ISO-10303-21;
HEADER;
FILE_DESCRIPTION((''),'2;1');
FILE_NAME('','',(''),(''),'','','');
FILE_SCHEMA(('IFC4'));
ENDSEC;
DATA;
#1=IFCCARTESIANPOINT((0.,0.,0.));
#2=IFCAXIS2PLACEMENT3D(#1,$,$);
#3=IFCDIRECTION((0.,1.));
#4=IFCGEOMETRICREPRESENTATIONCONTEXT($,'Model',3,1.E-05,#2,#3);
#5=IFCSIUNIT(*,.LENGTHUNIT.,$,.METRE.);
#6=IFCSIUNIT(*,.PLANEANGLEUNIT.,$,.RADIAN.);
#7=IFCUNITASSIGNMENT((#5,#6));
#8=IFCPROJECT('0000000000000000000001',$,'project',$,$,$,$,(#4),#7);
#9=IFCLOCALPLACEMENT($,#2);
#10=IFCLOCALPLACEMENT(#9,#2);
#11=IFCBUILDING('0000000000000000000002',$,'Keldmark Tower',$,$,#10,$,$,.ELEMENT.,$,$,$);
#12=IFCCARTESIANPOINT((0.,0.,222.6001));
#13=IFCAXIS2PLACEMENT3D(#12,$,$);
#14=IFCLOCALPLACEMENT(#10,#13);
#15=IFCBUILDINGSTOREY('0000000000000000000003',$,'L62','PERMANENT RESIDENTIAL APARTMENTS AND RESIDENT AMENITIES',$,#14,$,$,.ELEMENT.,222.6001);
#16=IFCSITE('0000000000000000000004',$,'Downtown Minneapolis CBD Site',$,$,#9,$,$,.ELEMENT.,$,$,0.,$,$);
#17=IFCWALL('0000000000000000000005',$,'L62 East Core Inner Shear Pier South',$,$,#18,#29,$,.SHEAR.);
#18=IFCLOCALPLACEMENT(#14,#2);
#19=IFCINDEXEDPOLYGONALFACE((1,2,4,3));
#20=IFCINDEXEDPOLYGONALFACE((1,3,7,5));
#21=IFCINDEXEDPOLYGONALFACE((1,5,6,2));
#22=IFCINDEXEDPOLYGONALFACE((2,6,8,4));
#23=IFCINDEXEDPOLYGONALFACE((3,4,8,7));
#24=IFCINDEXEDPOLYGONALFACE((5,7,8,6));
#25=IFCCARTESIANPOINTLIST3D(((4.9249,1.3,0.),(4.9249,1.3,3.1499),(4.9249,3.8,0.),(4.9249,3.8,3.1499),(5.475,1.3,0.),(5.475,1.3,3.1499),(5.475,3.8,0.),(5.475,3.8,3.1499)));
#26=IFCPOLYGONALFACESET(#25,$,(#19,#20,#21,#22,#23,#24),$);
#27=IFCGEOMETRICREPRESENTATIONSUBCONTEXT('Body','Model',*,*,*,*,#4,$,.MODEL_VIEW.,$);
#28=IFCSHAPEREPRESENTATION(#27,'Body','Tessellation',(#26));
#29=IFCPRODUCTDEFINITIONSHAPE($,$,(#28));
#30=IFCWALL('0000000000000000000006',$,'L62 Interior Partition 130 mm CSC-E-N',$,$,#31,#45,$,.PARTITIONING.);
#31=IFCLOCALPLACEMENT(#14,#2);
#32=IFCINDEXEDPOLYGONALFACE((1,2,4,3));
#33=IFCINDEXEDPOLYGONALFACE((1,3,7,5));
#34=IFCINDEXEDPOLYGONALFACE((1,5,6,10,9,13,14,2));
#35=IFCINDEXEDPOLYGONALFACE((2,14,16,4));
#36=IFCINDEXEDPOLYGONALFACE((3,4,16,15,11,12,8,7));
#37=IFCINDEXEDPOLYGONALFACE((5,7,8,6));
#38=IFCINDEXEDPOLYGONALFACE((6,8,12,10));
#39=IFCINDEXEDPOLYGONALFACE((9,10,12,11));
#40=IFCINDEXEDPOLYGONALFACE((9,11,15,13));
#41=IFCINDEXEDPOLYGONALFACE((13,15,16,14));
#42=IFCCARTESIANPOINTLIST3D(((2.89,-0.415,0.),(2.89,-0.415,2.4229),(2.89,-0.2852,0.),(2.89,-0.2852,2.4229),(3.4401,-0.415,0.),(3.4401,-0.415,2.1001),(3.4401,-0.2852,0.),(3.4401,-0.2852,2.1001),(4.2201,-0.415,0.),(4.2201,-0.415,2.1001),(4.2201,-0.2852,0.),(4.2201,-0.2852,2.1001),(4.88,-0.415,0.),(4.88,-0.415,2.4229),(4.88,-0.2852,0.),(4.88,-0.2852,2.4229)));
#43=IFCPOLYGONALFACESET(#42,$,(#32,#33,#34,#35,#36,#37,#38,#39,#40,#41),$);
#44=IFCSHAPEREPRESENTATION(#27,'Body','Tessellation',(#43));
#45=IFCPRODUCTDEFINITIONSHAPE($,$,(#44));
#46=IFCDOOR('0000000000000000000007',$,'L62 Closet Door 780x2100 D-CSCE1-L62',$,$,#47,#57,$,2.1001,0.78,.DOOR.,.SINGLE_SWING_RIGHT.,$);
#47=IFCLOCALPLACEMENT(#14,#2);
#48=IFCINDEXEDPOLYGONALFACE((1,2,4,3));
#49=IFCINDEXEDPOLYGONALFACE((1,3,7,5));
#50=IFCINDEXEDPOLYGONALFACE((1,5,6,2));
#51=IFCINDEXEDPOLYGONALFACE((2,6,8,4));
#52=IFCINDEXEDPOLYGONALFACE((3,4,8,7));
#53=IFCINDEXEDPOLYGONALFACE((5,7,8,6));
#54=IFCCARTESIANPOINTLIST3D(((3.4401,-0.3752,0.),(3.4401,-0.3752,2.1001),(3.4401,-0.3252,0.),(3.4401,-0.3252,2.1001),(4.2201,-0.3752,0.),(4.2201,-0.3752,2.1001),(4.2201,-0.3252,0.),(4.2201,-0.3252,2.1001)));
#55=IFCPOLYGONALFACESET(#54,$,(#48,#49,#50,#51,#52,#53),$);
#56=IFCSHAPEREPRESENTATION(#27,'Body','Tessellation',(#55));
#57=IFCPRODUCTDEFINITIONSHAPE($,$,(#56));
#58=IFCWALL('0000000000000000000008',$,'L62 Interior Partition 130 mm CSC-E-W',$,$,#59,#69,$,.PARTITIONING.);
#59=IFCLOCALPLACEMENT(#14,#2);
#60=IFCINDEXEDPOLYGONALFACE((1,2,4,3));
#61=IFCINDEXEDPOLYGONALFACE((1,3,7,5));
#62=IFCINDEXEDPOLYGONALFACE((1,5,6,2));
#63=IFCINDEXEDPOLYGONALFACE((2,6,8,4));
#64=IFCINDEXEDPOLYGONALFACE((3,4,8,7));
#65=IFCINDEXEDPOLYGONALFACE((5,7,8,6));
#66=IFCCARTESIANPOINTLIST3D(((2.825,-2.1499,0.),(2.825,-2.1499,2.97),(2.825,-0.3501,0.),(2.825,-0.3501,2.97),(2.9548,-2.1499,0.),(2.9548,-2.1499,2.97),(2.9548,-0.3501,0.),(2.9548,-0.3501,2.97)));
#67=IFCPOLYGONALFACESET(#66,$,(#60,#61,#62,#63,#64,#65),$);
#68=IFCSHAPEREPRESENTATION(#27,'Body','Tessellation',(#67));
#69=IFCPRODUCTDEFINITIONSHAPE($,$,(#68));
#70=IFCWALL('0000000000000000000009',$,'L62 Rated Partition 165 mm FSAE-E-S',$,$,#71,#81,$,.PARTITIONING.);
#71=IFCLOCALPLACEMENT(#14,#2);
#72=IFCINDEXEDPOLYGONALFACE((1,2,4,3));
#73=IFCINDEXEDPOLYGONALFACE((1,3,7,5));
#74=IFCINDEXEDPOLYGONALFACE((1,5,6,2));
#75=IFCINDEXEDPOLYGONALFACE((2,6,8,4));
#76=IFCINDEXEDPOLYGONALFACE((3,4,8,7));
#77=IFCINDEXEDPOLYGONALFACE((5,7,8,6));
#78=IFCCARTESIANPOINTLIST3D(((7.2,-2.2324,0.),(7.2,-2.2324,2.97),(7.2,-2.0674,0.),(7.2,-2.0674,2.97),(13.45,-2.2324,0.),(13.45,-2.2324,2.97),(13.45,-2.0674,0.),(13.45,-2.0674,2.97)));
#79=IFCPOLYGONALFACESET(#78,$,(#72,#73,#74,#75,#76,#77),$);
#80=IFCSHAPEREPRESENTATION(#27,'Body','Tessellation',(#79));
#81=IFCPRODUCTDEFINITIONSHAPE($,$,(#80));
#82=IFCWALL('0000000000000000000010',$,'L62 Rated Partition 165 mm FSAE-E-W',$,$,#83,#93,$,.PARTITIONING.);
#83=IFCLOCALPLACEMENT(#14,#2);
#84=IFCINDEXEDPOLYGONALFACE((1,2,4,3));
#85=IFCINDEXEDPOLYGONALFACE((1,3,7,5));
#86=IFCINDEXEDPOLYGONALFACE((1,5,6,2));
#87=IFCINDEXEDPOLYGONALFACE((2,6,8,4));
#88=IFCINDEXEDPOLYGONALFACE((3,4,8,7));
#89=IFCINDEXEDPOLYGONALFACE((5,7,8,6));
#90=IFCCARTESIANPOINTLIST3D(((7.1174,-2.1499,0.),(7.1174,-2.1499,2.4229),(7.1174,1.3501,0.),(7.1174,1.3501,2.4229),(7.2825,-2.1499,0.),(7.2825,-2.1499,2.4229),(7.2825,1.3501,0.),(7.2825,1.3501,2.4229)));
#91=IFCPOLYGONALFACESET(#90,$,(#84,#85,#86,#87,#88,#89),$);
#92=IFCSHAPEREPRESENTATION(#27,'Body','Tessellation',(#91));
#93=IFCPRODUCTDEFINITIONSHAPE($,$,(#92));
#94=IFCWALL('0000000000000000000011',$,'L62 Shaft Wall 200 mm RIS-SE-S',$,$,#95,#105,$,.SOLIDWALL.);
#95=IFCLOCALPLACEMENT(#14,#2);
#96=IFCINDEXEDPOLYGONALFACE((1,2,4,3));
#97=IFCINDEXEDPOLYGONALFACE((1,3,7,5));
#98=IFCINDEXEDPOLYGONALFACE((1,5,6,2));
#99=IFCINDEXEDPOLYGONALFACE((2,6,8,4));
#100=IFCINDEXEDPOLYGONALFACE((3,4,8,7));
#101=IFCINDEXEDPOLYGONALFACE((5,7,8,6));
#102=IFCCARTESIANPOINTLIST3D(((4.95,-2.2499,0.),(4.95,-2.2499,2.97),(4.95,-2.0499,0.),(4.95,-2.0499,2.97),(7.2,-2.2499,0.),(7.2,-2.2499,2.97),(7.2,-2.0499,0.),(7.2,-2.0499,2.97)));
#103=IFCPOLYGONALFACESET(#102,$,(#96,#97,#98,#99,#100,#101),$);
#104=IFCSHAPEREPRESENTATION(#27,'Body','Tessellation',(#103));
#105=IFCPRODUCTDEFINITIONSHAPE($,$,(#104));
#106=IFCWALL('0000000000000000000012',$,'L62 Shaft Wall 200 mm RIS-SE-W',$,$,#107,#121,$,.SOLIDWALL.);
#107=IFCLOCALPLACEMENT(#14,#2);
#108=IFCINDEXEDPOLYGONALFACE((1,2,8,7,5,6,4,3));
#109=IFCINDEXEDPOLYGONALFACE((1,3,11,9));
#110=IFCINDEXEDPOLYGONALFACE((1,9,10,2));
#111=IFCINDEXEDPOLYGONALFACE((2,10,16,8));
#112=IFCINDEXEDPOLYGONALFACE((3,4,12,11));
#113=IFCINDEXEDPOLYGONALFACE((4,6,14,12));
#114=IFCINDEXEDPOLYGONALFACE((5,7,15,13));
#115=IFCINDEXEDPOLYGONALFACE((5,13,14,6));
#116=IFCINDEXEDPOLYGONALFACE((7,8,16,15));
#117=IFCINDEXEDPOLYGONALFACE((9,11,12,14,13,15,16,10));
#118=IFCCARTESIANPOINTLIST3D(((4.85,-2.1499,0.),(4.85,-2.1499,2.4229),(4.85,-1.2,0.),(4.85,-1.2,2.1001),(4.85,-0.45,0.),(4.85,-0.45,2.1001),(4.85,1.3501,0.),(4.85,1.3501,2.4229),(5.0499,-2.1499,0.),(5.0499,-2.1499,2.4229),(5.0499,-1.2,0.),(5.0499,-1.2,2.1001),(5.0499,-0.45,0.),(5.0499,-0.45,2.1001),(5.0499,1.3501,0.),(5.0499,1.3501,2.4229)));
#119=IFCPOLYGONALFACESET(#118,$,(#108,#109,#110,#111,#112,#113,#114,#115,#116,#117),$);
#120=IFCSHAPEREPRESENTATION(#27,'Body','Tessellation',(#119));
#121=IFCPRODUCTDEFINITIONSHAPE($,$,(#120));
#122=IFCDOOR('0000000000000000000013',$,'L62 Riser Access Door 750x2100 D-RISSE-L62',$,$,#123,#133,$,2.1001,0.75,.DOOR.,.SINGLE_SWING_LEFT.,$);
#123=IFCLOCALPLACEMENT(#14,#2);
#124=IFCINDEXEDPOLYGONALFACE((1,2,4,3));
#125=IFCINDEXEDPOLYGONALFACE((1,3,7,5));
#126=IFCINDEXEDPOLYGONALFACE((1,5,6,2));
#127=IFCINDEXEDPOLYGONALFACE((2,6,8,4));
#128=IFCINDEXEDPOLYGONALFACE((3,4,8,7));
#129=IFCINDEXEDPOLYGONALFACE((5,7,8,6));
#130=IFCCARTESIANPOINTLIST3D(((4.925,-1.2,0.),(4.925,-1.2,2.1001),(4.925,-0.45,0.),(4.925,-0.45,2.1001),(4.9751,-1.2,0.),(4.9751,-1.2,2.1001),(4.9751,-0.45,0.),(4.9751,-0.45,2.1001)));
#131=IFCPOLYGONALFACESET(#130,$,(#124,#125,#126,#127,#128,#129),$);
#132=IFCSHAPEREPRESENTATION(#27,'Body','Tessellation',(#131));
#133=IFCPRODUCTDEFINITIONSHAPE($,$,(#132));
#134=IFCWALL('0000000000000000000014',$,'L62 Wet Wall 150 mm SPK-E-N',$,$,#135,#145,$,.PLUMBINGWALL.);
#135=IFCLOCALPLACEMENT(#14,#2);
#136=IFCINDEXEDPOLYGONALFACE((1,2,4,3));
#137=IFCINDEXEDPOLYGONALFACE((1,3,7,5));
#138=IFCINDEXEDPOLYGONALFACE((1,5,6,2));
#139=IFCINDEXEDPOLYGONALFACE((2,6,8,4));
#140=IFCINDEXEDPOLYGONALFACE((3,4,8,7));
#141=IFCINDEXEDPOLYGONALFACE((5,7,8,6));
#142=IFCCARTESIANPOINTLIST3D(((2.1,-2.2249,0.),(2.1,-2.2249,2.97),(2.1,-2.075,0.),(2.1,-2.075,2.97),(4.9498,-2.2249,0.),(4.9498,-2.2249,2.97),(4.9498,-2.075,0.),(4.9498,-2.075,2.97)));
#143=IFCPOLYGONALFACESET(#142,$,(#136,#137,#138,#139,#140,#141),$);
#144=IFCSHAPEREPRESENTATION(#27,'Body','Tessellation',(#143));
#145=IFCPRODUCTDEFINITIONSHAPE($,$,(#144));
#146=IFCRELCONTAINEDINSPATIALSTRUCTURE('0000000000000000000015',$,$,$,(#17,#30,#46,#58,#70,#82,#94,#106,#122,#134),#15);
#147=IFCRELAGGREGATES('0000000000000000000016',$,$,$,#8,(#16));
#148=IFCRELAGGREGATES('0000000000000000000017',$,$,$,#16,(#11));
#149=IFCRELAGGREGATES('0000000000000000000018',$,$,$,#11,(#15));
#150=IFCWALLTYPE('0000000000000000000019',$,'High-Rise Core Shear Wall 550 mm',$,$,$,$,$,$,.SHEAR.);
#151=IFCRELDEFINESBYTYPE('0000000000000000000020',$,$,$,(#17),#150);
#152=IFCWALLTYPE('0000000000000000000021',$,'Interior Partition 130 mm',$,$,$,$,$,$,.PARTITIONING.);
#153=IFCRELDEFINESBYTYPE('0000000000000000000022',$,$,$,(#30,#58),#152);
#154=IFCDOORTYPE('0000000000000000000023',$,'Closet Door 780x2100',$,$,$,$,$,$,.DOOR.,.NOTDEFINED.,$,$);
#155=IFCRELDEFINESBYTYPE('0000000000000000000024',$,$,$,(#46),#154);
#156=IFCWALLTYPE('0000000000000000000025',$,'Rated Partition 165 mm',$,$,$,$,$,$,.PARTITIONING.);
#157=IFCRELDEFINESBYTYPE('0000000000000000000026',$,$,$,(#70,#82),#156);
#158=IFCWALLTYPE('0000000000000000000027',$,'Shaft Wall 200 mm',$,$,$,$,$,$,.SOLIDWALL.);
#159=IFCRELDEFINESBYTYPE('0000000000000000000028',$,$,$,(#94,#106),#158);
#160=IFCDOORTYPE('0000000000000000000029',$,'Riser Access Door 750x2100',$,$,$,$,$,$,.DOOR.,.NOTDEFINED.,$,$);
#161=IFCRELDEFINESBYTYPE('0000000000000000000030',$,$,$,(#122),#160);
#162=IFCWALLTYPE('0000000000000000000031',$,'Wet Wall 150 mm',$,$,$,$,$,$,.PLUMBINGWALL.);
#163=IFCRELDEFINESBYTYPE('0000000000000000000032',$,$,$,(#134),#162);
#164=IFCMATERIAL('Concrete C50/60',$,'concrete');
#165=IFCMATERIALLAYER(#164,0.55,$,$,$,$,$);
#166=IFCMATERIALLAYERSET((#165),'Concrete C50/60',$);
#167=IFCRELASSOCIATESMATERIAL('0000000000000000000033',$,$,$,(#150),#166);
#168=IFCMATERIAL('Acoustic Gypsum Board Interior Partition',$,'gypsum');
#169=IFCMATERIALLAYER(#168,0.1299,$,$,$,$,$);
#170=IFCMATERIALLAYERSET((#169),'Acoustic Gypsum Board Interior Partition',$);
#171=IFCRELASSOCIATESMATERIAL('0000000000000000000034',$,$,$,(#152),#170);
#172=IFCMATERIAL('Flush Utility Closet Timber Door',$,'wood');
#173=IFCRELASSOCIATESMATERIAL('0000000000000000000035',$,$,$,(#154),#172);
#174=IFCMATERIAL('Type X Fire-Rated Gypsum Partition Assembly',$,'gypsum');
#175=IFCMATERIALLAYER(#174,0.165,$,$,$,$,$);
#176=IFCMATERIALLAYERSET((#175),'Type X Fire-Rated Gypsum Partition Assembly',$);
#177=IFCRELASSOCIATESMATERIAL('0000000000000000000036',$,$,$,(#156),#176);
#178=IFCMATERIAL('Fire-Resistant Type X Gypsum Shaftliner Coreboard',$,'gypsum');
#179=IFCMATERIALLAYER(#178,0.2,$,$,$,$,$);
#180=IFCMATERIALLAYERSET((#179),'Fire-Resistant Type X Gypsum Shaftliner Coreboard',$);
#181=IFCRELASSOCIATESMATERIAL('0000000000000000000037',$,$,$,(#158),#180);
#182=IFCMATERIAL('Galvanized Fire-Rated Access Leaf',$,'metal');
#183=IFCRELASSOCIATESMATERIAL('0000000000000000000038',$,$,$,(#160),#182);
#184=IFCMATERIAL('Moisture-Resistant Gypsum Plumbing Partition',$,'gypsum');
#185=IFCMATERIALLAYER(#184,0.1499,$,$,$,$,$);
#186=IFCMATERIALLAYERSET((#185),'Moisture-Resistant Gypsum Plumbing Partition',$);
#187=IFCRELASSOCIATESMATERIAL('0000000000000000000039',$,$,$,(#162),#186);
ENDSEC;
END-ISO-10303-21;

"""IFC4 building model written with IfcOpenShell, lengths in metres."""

from ifc_helpers import new_model, si_unit, direction, frame, frame_2d, origin, place, context, subcontext, project, spatial, rectangle, extrude, material, layer, layer_set, type_object, element, fill, save


model = new_model("IFC4")

# Units and contexts
model_context = context("Model", 3, precision=1e-05, world=origin(), true_north=direction((0.0, 1.0)))
body_context = subcontext(model_context, "Body", "Model", "MODEL_VIEW")
ifc_project = project(units=[si_unit("LENGTHUNIT", "METRE"), si_unit("PLANEANGLEUNIT", "RADIAN")], contexts=[model_context])

# Site, building, storey
site_placement = place(None, origin())
site = spatial("IfcSite", under=ifc_project, at=site_placement, Name="Downtown Minneapolis CBD Site", CompositionType="ELEMENT", RefElevation=0.0)
building_placement = place(site_placement, origin())
building = spatial("IfcBuilding", under=site, at=building_placement, Name="Keldmark Tower", CompositionType="ELEMENT")
storey_placement = place(building_placement, frame((0.0, 0.0, 222.6001)))
storey = spatial("IfcBuildingStorey", under=building, at=storey_placement, Name="L62", Description="PERMANENT RESIDENTIAL APARTMENTS AND RESIDENT AMENITIES", CompositionType="ELEMENT", Elevation=222.6001)

# Wall
ifc_material_1 = material(Name="Concrete C50/60", Category="concrete")
ifc_layer_1 = layer(ifc_material_1, 0.55)
ifc_layer_set_1 = layer_set([ifc_layer_1], Name="Concrete C50/60")
wall_type_1 = type_object("IfcWallType", Name="High-Rise Core Shear Wall 550 mm", PredefinedType="SHEAR", material=ifc_layer_set_1)
wall_1_placement = place(storey_placement, frame((5.2, 1.3, 0.0), z_axis=(0.0, 0.0, 1.0), x_axis=(0.0, 1.0, 0.0)))
element("IfcWall", 1, at=wall_1_placement, inside=storey, type_object=wall_type_1, Name="L62 East Core Inner Shear Pier South", PredefinedType="SHEAR", context=body_context, shape_type="SweptSolid", body=[
    extrude(rectangle(XDim=2.5, YDim=0.55, at=frame_2d((1.25, 0.0))), origin(), (0.0, 0.0, 1.0), 3.1499),
])

# Wall, opening, door
ifc_material_2 = material(Name="Acoustic Gypsum Board Interior Partition", Category="gypsum")
ifc_layer_2 = layer(ifc_material_2, 0.1299)
ifc_layer_set_2 = layer_set([ifc_layer_2], Name="Acoustic Gypsum Board Interior Partition")
wall_type_2 = type_object("IfcWallType", Name="Interior Partition 130 mm", PredefinedType="PARTITIONING", material=ifc_layer_set_2)
wall_2_placement = place(storey_placement, frame((2.8899, -0.3501, 0.0), z_axis=(0.0, 0.0, 1.0), x_axis=(1.0, 0.0, 0.0)))
wall_2 = element("IfcWall", 2, at=wall_2_placement, inside=storey, type_object=wall_type_2, Name="L62 Interior Partition 130 mm CSC-E-N", PredefinedType="PARTITIONING", context=body_context, shape_type="SweptSolid", body=[
    extrude(rectangle(XDim=1.99, YDim=0.1299, at=frame_2d((0.9951, 0.0))), origin(), (0.0, 0.0, 1.0), 2.4229),
])
opening_1_placement = place(wall_2_placement, frame((0.55, 0.0, 0.0)))
opening_1 = element("IfcOpeningElement", 3, at=opening_1_placement, cuts=wall_2, PredefinedType="OPENING", context=body_context, shape_type="SweptSolid", body=[
    extrude(rectangle(XDim=0.78, YDim=2.1001, at=frame_2d((0.3901, 1.05))), frame((0.0, 0.075, 0.0), z_axis=(0.0, -1.0, 0.0), x_axis=(1.0, 0.0, 0.0)), (0.0, 0.0, 1.0), 0.1499),
])
ifc_material_3 = material(Name="Flush Utility Closet Timber Door", Category="wood")
door_type_1 = type_object("IfcDoorType", Name="Closet Door 780x2100", OperationType="NOTDEFINED", PredefinedType="DOOR", material=ifc_material_3)
door_1_placement = place(opening_1_placement, origin())
door_1 = element("IfcDoor", 4, at=door_1_placement, inside=storey, type_object=door_type_1, Name="L62 Closet Door 780x2100 D-CSCE1-L62", OperationType="SINGLE_SWING_RIGHT", OverallHeight=2.1001, OverallWidth=0.78, PredefinedType="DOOR", context=body_context, shape_type="SweptSolid", body=[
    extrude(rectangle(XDim=0.78, YDim=2.1001, at=frame_2d((0.3901, 1.05))), frame((0.0, 0.0249, 0.0), z_axis=(0.0, -1.0, 0.0), x_axis=(1.0, 0.0, 0.0)), (0.0, 0.0, 1.0), 0.05),
])
fill(opening_1, door_1)

# Walls
wall_3_placement = place(storey_placement, frame((2.8899, -2.1499, 0.0), z_axis=(0.0, 0.0, 1.0), x_axis=(0.0, 1.0, 0.0)))
element("IfcWall", 5, at=wall_3_placement, inside=storey, type_object=wall_type_2, Name="L62 Interior Partition 130 mm CSC-E-W", PredefinedType="PARTITIONING", context=body_context, shape_type="SweptSolid", body=[
    extrude(rectangle(XDim=1.7998, YDim=0.1299, at=frame_2d((0.8999, 0.0))), origin(), (0.0, 0.0, 1.0), 2.97),
])
ifc_material_4 = material(Name="Type X Fire-Rated Gypsum Partition Assembly", Category="gypsum")
ifc_layer_3 = layer(ifc_material_4, 0.165)
ifc_layer_set_3 = layer_set([ifc_layer_3], Name="Type X Fire-Rated Gypsum Partition Assembly")
wall_type_3 = type_object("IfcWallType", Name="Rated Partition 165 mm", PredefinedType="PARTITIONING", material=ifc_layer_set_3)
wall_4_placement = place(storey_placement, frame((7.2, -2.1499, 0.0), z_axis=(0.0, 0.0, 1.0), x_axis=(1.0, 0.0, 0.0)))
element("IfcWall", 6, at=wall_4_placement, inside=storey, type_object=wall_type_3, Name="L62 Rated Partition 165 mm FSAE-E-S", PredefinedType="PARTITIONING", context=body_context, shape_type="SweptSolid", body=[
    extrude(rectangle(XDim=6.25, YDim=0.165, at=frame_2d((3.125, 0.0))), origin(), (0.0, 0.0, 1.0), 2.97),
])
wall_5_placement = place(storey_placement, frame((7.2, -2.1499, 0.0), z_axis=(0.0, 0.0, 1.0), x_axis=(0.0, 1.0, 0.0)))
element("IfcWall", 7, at=wall_5_placement, inside=storey, type_object=wall_type_3, Name="L62 Rated Partition 165 mm FSAE-E-W", PredefinedType="PARTITIONING", context=body_context, shape_type="SweptSolid", body=[
    extrude(rectangle(XDim=3.5, YDim=0.165, at=frame_2d((1.75, 0.0))), origin(), (0.0, 0.0, 1.0), 2.4229),
])
ifc_material_5 = material(Name="Fire-Resistant Type X Gypsum Shaftliner Coreboard", Category="gypsum")
ifc_layer_4 = layer(ifc_material_5, 0.2)
ifc_layer_set_4 = layer_set([ifc_layer_4], Name="Fire-Resistant Type X Gypsum Shaftliner Coreboard")
wall_type_4 = type_object("IfcWallType", Name="Shaft Wall 200 mm", PredefinedType="SOLIDWALL", material=ifc_layer_set_4)
wall_6_placement = place(storey_placement, frame((4.95, -2.1499, 0.0), z_axis=(0.0, 0.0, 1.0), x_axis=(1.0, 0.0, 0.0)))
element("IfcWall", 8, at=wall_6_placement, inside=storey, type_object=wall_type_4, Name="L62 Shaft Wall 200 mm RIS-SE-S", PredefinedType="SOLIDWALL", context=body_context, shape_type="SweptSolid", body=[
    extrude(rectangle(XDim=2.25, YDim=0.2, at=frame_2d((1.125, 0.0))), origin(), (0.0, 0.0, 1.0), 2.97),
])

# Wall, opening, door
wall_7_placement = place(storey_placement, frame((4.95, -2.1499, 0.0), z_axis=(0.0, 0.0, 1.0), x_axis=(0.0, 1.0, 0.0)))
wall_7 = element("IfcWall", 9, at=wall_7_placement, inside=storey, type_object=wall_type_4, Name="L62 Shaft Wall 200 mm RIS-SE-W", PredefinedType="SOLIDWALL", context=body_context, shape_type="SweptSolid", body=[
    extrude(rectangle(XDim=3.5, YDim=0.2, at=frame_2d((1.75, 0.0))), origin(), (0.0, 0.0, 1.0), 2.4229),
])
opening_2_placement = place(wall_7_placement, frame((0.95, 0.0, 0.0)))
opening_2 = element("IfcOpeningElement", 10, at=opening_2_placement, cuts=wall_7, PredefinedType="OPENING", context=body_context, shape_type="SweptSolid", body=[
    extrude(rectangle(XDim=0.75, YDim=2.1001, at=frame_2d((0.375, 1.05))), frame((0.0, 0.1099, 0.0), z_axis=(0.0, -1.0, 0.0), x_axis=(1.0, 0.0, 0.0)), (0.0, 0.0, 1.0), 0.22),
])
ifc_material_6 = material(Name="Galvanized Fire-Rated Access Leaf", Category="metal")
door_type_2 = type_object("IfcDoorType", Name="Riser Access Door 750x2100", OperationType="NOTDEFINED", PredefinedType="DOOR", material=ifc_material_6)
door_2_placement = place(opening_2_placement, origin())
door_2 = element("IfcDoor", 11, at=door_2_placement, inside=storey, type_object=door_type_2, Name="L62 Riser Access Door 750x2100 D-RISSE-L62", OperationType="SINGLE_SWING_LEFT", OverallHeight=2.1001, OverallWidth=0.75, PredefinedType="DOOR", context=body_context, shape_type="SweptSolid", body=[
    extrude(rectangle(XDim=0.75, YDim=2.1001, at=frame_2d((0.375, 1.05))), frame((0.0, 0.0249, 0.0), z_axis=(0.0, -1.0, 0.0), x_axis=(1.0, 0.0, 0.0)), (0.0, 0.0, 1.0), 0.05),
])
fill(opening_2, door_2)

# Wall
ifc_material_7 = material(Name="Moisture-Resistant Gypsum Plumbing Partition", Category="gypsum")
ifc_layer_5 = layer(ifc_material_7, 0.1499)
ifc_layer_set_5 = layer_set([ifc_layer_5], Name="Moisture-Resistant Gypsum Plumbing Partition")
wall_type_5 = type_object("IfcWallType", Name="Wet Wall 150 mm", PredefinedType="PLUMBINGWALL", material=ifc_layer_set_5)
wall_8_placement = place(storey_placement, frame((2.1001, -2.1499, 0.0), z_axis=(0.0, 0.0, 1.0), x_axis=(1.0, 0.0, 0.0)))
element("IfcWall", 12, at=wall_8_placement, inside=storey, type_object=wall_type_5, Name="L62 Wet Wall 150 mm SPK-E-N", PredefinedType="PLUMBINGWALL", context=body_context, shape_type="SweptSolid", body=[
    extrude(rectangle(XDim=2.8499, YDim=0.1499, at=frame_2d((1.4248, 0.0))), origin(), (0.0, 0.0, 1.0), 2.97),
])

save(model, "model.ifc")
